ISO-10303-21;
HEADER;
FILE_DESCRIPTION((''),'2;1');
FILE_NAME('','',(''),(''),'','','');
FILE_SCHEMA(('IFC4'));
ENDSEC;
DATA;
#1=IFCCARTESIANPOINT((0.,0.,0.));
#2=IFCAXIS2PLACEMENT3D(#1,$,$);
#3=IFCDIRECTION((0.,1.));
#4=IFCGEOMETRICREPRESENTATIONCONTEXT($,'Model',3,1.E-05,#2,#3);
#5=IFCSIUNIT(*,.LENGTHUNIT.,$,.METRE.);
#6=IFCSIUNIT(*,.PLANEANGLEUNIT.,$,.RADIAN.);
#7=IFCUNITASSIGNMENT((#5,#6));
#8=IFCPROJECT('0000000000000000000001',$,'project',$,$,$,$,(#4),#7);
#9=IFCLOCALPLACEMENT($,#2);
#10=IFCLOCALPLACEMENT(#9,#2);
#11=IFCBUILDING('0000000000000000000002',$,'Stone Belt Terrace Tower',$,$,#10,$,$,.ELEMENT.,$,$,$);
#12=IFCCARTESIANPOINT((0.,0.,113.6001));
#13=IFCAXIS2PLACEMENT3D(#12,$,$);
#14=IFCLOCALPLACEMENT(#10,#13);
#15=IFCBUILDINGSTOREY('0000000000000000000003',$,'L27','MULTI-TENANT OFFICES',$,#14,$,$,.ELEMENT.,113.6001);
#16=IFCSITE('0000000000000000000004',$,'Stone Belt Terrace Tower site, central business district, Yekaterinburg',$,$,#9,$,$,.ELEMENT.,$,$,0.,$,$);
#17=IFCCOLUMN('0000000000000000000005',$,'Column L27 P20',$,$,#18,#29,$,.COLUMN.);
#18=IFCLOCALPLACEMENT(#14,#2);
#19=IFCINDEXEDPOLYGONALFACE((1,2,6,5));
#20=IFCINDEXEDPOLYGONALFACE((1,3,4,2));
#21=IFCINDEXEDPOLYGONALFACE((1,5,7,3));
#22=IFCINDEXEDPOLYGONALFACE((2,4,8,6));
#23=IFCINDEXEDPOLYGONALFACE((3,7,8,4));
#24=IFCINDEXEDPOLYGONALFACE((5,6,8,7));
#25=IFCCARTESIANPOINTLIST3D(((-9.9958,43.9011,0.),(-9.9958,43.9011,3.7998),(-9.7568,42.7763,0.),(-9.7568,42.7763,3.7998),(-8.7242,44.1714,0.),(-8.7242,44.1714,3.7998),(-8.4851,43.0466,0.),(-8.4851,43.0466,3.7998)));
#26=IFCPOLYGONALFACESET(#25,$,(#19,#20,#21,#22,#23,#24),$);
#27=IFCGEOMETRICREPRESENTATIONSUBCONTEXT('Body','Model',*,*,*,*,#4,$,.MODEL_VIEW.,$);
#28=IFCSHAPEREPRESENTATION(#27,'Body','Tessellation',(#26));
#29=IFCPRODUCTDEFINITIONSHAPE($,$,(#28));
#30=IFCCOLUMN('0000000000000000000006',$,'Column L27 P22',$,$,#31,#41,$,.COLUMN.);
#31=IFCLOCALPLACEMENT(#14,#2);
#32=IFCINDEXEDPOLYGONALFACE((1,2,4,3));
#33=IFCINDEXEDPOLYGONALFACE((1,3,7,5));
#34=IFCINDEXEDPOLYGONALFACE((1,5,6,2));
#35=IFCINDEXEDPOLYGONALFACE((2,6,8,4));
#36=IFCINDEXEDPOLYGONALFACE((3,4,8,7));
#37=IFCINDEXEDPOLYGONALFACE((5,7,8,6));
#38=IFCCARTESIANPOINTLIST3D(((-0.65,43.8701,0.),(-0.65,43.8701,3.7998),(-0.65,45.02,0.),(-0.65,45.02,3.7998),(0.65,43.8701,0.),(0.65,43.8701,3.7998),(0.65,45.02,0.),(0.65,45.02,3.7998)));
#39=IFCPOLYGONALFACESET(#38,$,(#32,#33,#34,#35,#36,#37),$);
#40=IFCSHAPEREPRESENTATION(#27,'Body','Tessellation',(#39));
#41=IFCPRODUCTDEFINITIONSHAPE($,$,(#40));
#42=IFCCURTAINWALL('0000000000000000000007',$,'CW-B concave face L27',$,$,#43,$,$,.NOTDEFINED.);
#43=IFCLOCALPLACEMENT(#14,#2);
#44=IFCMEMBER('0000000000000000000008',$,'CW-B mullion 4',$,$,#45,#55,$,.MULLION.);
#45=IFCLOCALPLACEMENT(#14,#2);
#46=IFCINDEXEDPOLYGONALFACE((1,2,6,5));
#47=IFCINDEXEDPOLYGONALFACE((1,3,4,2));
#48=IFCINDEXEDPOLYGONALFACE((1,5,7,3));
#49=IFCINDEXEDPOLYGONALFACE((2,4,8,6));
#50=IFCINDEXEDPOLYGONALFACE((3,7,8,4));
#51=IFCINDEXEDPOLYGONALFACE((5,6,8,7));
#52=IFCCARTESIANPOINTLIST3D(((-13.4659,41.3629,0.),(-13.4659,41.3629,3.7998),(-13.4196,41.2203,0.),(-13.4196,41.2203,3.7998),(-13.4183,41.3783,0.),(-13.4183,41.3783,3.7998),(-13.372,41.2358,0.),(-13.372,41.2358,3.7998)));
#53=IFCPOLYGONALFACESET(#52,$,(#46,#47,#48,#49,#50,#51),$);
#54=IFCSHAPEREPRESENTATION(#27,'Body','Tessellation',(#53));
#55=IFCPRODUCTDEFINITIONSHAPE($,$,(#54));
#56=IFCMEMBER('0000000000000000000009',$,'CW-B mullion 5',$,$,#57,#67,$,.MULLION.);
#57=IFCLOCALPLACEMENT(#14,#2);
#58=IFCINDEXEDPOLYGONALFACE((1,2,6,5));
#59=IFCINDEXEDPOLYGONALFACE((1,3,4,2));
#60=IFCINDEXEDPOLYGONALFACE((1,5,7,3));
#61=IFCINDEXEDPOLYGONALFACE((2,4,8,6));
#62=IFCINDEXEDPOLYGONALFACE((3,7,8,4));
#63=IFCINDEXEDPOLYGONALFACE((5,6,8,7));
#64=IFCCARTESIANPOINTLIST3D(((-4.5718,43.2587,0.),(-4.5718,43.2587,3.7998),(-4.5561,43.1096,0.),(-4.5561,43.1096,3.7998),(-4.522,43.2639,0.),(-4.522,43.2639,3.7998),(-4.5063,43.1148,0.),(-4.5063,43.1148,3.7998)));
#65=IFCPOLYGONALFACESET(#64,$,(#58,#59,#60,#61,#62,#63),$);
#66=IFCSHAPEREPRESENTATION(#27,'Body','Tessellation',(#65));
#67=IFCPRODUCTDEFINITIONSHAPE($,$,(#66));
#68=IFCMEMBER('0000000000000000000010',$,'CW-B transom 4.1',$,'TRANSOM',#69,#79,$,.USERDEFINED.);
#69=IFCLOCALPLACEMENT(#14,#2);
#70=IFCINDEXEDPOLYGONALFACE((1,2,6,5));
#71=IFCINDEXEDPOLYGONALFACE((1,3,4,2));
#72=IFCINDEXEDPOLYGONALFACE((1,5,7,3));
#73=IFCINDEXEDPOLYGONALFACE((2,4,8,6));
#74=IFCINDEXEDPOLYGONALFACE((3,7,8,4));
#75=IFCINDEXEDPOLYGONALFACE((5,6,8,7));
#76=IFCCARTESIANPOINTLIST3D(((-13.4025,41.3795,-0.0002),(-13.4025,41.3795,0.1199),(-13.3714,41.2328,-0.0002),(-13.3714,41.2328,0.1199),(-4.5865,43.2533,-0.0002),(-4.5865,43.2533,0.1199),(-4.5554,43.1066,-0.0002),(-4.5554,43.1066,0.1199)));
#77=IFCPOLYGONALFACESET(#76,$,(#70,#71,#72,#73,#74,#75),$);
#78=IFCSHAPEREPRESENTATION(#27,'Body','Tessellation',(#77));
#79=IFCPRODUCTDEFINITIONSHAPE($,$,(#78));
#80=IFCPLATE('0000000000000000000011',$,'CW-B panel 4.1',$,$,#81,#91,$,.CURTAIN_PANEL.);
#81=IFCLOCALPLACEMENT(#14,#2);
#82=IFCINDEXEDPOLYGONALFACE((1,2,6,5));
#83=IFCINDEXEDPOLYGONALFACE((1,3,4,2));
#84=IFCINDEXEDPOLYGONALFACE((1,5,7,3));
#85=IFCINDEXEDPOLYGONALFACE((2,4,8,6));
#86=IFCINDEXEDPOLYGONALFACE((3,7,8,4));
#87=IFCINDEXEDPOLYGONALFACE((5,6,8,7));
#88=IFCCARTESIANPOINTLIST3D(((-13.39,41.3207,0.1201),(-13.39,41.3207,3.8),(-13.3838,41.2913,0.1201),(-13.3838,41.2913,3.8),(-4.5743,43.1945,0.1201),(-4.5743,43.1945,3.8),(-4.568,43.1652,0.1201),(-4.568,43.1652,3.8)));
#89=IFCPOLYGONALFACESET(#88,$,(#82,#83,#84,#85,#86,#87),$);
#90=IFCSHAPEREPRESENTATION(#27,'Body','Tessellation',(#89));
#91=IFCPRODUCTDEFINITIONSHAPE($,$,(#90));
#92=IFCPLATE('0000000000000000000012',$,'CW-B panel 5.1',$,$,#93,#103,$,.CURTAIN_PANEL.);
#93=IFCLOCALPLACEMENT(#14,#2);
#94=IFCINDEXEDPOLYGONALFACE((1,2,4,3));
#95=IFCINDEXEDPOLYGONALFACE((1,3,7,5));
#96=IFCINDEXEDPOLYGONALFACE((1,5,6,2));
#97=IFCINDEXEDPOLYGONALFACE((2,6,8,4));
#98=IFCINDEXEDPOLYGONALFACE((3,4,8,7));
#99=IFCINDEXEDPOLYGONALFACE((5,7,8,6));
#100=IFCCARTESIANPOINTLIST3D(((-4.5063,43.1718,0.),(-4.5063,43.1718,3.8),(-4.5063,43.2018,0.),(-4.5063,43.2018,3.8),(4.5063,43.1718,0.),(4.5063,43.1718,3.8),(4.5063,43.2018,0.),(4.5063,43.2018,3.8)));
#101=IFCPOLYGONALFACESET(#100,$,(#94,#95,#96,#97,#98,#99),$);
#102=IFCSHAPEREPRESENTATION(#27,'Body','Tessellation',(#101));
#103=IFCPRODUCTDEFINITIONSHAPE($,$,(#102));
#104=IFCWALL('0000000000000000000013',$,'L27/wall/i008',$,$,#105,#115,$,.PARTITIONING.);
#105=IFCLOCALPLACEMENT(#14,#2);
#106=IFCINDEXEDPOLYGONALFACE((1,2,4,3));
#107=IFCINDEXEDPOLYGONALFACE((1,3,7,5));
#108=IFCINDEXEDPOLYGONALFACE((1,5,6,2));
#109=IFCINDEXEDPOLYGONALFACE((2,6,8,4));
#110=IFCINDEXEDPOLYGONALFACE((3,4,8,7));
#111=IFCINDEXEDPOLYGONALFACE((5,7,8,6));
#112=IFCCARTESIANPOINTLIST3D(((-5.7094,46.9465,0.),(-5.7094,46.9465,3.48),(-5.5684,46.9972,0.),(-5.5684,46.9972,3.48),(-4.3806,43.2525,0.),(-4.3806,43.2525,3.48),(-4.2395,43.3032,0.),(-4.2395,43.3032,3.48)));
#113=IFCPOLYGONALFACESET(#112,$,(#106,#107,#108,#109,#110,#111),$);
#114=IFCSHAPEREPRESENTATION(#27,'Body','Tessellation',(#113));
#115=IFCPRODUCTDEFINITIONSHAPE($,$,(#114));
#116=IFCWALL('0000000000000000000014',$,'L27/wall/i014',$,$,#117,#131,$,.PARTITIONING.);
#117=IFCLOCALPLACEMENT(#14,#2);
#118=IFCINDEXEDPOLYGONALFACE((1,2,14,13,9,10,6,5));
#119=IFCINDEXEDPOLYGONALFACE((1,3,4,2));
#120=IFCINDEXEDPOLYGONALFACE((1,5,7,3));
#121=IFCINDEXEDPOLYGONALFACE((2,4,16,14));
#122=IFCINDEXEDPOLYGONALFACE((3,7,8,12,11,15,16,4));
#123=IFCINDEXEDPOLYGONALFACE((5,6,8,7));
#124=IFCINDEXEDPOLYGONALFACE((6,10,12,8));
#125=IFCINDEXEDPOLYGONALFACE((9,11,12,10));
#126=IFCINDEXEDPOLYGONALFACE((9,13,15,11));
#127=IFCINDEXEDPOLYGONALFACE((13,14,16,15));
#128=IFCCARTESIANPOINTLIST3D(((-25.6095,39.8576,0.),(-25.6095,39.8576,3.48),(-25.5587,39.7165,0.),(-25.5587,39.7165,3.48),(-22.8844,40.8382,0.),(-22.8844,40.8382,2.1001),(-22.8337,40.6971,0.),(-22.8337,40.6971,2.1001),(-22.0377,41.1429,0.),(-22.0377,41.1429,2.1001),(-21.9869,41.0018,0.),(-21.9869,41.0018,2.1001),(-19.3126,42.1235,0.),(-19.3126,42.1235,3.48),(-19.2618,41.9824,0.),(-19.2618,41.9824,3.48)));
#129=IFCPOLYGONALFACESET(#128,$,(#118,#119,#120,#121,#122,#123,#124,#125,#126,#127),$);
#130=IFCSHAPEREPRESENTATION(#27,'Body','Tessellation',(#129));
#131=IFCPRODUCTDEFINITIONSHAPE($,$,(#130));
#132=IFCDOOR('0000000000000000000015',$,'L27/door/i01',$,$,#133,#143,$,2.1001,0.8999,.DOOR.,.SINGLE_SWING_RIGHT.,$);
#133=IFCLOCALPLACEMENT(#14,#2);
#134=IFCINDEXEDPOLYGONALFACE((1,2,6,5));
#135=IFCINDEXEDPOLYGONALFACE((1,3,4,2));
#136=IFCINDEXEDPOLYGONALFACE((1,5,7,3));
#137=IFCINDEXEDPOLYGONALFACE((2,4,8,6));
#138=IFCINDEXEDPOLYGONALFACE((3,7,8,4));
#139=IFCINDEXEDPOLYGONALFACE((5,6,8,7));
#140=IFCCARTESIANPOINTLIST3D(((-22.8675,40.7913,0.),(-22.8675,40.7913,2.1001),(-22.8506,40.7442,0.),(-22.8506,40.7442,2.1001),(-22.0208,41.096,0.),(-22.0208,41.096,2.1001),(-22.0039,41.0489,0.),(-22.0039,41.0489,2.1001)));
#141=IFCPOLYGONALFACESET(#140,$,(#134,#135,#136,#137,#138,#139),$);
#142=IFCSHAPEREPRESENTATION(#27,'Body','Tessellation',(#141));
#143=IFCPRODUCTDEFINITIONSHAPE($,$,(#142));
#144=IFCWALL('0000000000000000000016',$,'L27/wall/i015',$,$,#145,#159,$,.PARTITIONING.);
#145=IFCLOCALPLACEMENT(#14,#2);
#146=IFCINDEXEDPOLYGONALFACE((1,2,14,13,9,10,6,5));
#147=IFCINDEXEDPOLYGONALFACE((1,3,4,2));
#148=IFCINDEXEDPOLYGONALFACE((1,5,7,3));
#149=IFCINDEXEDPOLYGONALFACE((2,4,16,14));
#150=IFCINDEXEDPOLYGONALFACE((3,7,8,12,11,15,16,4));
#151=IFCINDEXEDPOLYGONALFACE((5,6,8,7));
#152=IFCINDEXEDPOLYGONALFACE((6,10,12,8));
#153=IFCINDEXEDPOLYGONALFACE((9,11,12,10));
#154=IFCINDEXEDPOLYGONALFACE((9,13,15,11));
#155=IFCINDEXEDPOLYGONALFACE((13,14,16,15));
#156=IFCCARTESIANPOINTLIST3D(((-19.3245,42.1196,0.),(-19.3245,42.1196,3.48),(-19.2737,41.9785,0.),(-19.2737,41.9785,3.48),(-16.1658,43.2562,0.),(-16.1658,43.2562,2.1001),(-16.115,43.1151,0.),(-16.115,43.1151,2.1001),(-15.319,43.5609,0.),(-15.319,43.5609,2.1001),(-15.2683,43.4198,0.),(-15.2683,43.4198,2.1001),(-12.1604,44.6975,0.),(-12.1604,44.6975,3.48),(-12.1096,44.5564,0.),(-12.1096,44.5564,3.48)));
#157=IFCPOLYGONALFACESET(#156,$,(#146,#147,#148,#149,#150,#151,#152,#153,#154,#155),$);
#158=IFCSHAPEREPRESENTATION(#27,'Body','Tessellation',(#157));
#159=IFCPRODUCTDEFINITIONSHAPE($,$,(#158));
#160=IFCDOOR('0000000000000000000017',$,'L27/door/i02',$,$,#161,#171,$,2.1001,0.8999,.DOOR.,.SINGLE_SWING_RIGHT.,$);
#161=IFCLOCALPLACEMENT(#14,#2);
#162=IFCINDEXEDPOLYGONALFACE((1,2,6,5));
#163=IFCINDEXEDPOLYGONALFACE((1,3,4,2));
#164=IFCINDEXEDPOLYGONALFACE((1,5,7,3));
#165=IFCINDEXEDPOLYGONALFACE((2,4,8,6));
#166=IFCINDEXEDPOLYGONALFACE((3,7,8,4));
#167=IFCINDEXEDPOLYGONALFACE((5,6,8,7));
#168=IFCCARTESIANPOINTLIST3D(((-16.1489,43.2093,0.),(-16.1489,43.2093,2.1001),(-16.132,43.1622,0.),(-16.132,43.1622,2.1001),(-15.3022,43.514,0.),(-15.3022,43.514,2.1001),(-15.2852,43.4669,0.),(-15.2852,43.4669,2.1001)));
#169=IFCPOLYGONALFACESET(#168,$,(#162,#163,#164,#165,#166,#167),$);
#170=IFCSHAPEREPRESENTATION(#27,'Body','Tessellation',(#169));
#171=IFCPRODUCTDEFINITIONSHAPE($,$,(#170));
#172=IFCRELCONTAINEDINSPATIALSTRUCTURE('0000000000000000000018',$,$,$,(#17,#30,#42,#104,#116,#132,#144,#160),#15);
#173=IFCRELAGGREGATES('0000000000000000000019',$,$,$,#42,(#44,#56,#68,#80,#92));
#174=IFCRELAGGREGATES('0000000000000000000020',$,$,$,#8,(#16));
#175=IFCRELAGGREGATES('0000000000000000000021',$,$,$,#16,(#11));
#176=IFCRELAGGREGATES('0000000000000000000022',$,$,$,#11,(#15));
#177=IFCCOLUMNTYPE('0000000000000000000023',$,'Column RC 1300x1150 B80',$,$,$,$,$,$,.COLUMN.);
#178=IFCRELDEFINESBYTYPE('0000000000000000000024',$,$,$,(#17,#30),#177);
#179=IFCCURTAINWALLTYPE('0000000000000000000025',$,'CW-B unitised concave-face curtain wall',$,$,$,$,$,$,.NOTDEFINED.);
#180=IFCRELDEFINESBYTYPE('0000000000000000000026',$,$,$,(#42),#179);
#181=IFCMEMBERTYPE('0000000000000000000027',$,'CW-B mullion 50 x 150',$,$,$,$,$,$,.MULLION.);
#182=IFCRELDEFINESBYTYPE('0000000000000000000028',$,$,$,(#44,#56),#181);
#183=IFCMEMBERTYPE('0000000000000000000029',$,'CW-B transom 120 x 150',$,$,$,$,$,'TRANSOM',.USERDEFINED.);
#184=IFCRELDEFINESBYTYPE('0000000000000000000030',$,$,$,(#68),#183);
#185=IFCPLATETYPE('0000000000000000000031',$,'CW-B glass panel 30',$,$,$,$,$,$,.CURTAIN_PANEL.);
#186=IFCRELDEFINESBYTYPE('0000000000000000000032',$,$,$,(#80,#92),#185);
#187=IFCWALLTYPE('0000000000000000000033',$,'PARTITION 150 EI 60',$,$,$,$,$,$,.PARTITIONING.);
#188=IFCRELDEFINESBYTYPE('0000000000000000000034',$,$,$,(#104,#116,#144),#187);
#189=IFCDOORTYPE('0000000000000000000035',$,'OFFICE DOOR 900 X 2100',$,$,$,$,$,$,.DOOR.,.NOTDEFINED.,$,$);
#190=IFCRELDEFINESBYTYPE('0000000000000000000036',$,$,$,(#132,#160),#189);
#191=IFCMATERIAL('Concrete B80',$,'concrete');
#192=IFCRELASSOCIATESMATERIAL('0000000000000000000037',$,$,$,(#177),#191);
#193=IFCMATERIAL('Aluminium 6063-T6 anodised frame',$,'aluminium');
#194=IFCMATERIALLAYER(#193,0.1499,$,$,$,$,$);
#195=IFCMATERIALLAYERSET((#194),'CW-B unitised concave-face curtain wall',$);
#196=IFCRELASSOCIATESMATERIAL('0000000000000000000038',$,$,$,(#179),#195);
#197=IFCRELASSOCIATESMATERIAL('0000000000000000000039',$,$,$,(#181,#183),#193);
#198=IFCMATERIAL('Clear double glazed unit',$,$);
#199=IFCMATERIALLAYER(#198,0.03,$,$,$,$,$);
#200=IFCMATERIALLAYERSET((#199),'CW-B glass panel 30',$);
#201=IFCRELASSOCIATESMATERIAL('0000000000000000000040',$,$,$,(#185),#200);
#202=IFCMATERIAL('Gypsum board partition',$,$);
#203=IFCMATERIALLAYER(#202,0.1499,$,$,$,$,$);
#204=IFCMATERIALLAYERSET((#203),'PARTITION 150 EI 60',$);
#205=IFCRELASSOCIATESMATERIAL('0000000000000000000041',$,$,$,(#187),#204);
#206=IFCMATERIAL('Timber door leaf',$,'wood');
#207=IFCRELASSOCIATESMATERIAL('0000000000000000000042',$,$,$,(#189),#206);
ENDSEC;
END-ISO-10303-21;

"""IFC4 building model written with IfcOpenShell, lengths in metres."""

from ifc_helpers import new_model, si_unit, direction, frame, frame_2d, origin, origin_2d, place, context, subcontext, project, spatial, rectangle, extrude, material, layer, layer_set, material_profile, profile_set, type_object, element, fill, aggregate, save


model = new_model("IFC4")

# Units and contexts
model_context = context("Model", 3, precision=1e-05, world=origin(), true_north=direction((0.0, 1.0)))
body_context = subcontext(model_context, "Body", "Model", "MODEL_VIEW")
ifc_project = project(units=[si_unit("LENGTHUNIT", "METRE"), si_unit("PLANEANGLEUNIT", "RADIAN")], contexts=[model_context])

# Site, building, storey
site_placement = place(None, origin())
site = spatial("IfcSite", under=ifc_project, at=site_placement, Name="Stone Belt Terrace Tower site, central business district, Yekaterinburg", CompositionType="ELEMENT", RefElevation=0.0)
building_placement = place(site_placement, origin())
building = spatial("IfcBuilding", under=site, at=building_placement, Name="Stone Belt Terrace Tower", CompositionType="ELEMENT")
storey_placement = place(building_placement, frame((0.0, 0.0, 113.6001)))
storey = spatial("IfcBuildingStorey", under=building, at=storey_placement, Name="L27", Description="MULTI-TENANT OFFICES", CompositionType="ELEMENT", Elevation=113.6001)

# Columns
ifc_material_1 = material(Name="Concrete B80", Category="concrete")
ifc_material_profile_1 = material_profile(ifc_material_1, rectangle(XDim=1.3, YDim=1.1499, at=origin_2d()), Name="RC 1300x1150")
ifc_profile_set_1 = profile_set([ifc_material_profile_1], Name="Concrete B80")
column_type = type_object("IfcColumnType", Name="Column RC 1300x1150 B80", PredefinedType="COLUMN", material=ifc_profile_set_1)
for number, where, z_axis, x_axis, name in (
    (1, (-9.2405, 43.4739, 0.0), (0.0, 0.0, 1.0), (0.978148, 0.207912, 0.0), "Column L27 P20"),
    (2, (0.0, 44.4451, 0.0), (0.0, 0.0, 1.0), (1.0, 0.0, 0.0), "Column L27 P22"),
):
    element("IfcColumn", number, at=place(storey_placement, frame(where, z_axis=z_axis, x_axis=x_axis)), inside=storey, type_object=column_type, Name=name, PredefinedType="COLUMN", context=body_context, shape_type="SweptSolid", body=[
        extrude(rectangle(XDim=1.3, YDim=1.1499, at=origin_2d()), origin(), (0.0, 0.0, 1.0), 3.7998),
    ])

# Curtain wall, members, plates
ifc_material_2 = material(Name="Aluminium 6063-T6 anodised frame", Category="aluminium")
ifc_layer_1 = layer(ifc_material_2, 0.1499)
ifc_layer_set_1 = layer_set([ifc_layer_1], Name="CW-B unitised concave-face curtain wall")
curtain_wall_type = type_object("IfcCurtainWallType", Name="CW-B unitised concave-face curtain wall", PredefinedType="NOTDEFINED", material=ifc_layer_set_1)
curtain_wall_placement = place(storey_placement, origin())
curtain_wall = element("IfcCurtainWall", 3, at=curtain_wall_placement, inside=storey, type_object=curtain_wall_type, Name="CW-B concave face L27", PredefinedType="NOTDEFINED")
ifc_material_profile_2 = material_profile(ifc_material_2, rectangle(XDim=0.1499, YDim=0.05, at=origin_2d()), Name="Aluminium 6063-T6 50x150")
ifc_profile_set_2 = profile_set([ifc_material_profile_2], Name="Aluminium 6063-T6 anodised frame")
member_type_1 = type_object("IfcMemberType", Name="CW-B mullion 50 x 150", PredefinedType="MULLION", material=ifc_profile_set_2)
member_1_placement = place(storey_placement, frame((-13.4189, 41.2993, 0.0), z_axis=(0.0, 0.0, 1.0), x_axis=(-0.309017, 0.951057, 0.0)))
member_1 = element("IfcMember", 4, at=member_1_placement, type_object=member_type_1, Name="CW-B mullion 4", PredefinedType="MULLION", context=body_context, shape_type="SweptSolid", body=[
    extrude(rectangle(XDim=0.1499, YDim=0.05, at=origin_2d()), origin(), (0.0, 0.0, 1.0), 3.7998),
])
member_2_placement = place(storey_placement, frame((-4.5391, 43.1868, 0.0), z_axis=(0.0, 0.0, 1.0), x_axis=(-0.104528, 0.994522, 0.0)))
member_2 = element("IfcMember", 5, at=member_2_placement, type_object=member_type_1, Name="CW-B mullion 5", PredefinedType="MULLION", context=body_context, shape_type="SweptSolid", body=[
    extrude(rectangle(XDim=0.1499, YDim=0.05, at=origin_2d()), origin(), (0.0, 0.0, 1.0), 3.7998),
])
ifc_material_profile_3 = material_profile(ifc_material_2, rectangle(XDim=0.1499, YDim=0.1201, at=origin_2d()), Name="Aluminium 6063-T6 150x120")
ifc_profile_set_3 = profile_set([ifc_material_profile_3], Name="Aluminium 6063-T6 anodised frame")
member_type_2 = type_object("IfcMemberType", Name="CW-B transom 120 x 150", ElementType="TRANSOM", PredefinedType="USERDEFINED", material=ifc_profile_set_3)
member_3_placement = place(storey_placement, frame((-13.387, 41.3062, 0.0598), z_axis=(0.97815, 0.207901, 0.0), x_axis=(-0.207901, 0.97815, 0.0)))
member_3 = element("IfcMember", 6, at=member_3_placement, type_object=member_type_2, Name="CW-B transom 4.1", ObjectType="TRANSOM", PredefinedType="USERDEFINED", context=body_context, shape_type="SweptSolid", body=[
    extrude(rectangle(XDim=0.1499, YDim=0.1201, at=origin_2d()), origin(), (0.0, 0.0, 1.0), 9.0129),
])
ifc_material_3 = material(Name="Clear double glazed unit")
ifc_layer_2 = layer(ifc_material_3, 0.03)
ifc_layer_set_2 = layer_set([ifc_layer_2], Name="CW-B glass panel 30")
plate_type = type_object("IfcPlateType", Name="CW-B glass panel 30", PredefinedType="CURTAIN_PANEL", material=ifc_layer_set_2)
plate_1_placement = place(storey_placement, frame((-8.979, 42.2429, 0.1201), z_axis=(0.0, 0.0, 1.0), x_axis=(0.978148, 0.207912, 0.0)))
plate_1 = element("IfcPlate", 7, at=plate_1_placement, type_object=plate_type, Name="CW-B panel 4.1", PredefinedType="CURTAIN_PANEL", context=body_context, shape_type="SweptSolid", body=[
    extrude(rectangle(XDim=9.0127, YDim=0.03, at=origin_2d()), origin(), (0.0, 0.0, 1.0), 3.6799),
])
plate_2_placement = place(storey_placement, frame((0.0, 43.1868, 0.0), z_axis=(0.0, 0.0, 1.0), x_axis=(1.0, 0.0, 0.0)))
plate_2 = element("IfcPlate", 8, at=plate_2_placement, type_object=plate_type, Name="CW-B panel 5.1", PredefinedType="CURTAIN_PANEL", context=body_context, shape_type="SweptSolid", body=[
    extrude(rectangle(XDim=9.0127, YDim=0.03, at=origin_2d()), origin(), (0.0, 0.0, 1.0), 3.8),
])
aggregate(curtain_wall, [member_1, member_2, member_3, plate_1, plate_2])

# Wall
ifc_material_4 = material(Name="Gypsum board partition")
ifc_layer_3 = layer(ifc_material_4, 0.1499)
ifc_layer_set_3 = layer_set([ifc_layer_3], Name="PARTITION 150 EI 60")
wall_type_1 = type_object("IfcWallType", Name="PARTITION 150 EI 60", PredefinedType="PARTITIONING", material=ifc_layer_set_3)
wall_1_placement = place(storey_placement, frame((-4.3101, 43.2778, 0.0), z_axis=(0.0, 0.0, 1.0), x_axis=(-0.33849, 0.94097, 0.0)))
element("IfcWall", 9, at=wall_1_placement, inside=storey, type_object=wall_type_1, Name="L27/wall/i008", PredefinedType="PARTITIONING", context=body_context, shape_type="SweptSolid", body=[
    extrude(rectangle(XDim=3.9258, YDim=0.1499, at=frame_2d((1.9629, 0.0))), origin(), (0.0, 0.0, 1.0), 3.48),
])

# Walls, openings, doors
wall_2_placement = place(storey_placement, frame((-19.2871, 42.053, 0.0), z_axis=(0.0, 0.0, 1.0), x_axis=(-0.940935, -0.338586, 0.0)))
wall_2 = element("IfcWall", 10, at=wall_2_placement, inside=storey, type_object=wall_type_1, Name="L27/wall/i014", PredefinedType="PARTITIONING", context=body_context, shape_type="SweptSolid", body=[
    extrude(rectangle(XDim=6.6921, YDim=0.1499, at=frame_2d((3.3462, 0.0))), origin(), (0.0, 0.0, 1.0), 3.48),
])
opening_1_placement = place(wall_2_placement, frame((2.8962, 0.0, 0.0)))
opening_1 = element("IfcOpeningElement", 11, at=opening_1_placement, cuts=wall_2, PredefinedType="OPENING", context=body_context, shape_type="SweptSolid", body=[
    extrude(rectangle(XDim=0.8999, YDim=2.1001, at=frame_2d((0.45, 1.05))), frame((0.0, 0.085, 0.0), z_axis=(0.0, -1.0, 0.0), x_axis=(1.0, 0.0, 0.0)), (0.0, 0.0, 1.0), 0.1699),
])
ifc_material_5 = material(Name="Timber door leaf", Category="wood")
door_type_1 = type_object("IfcDoorType", Name="OFFICE DOOR 900 X 2100", OperationType="NOTDEFINED", PredefinedType="DOOR", material=ifc_material_5)
door_1_placement = place(opening_1_placement, origin())
door_1 = element("IfcDoor", 12, at=door_1_placement, inside=storey, type_object=door_type_1, Name="L27/door/i01", OperationType="SINGLE_SWING_RIGHT", OverallHeight=2.1001, OverallWidth=0.8999, PredefinedType="DOOR", context=body_context, shape_type="SweptSolid", body=[
    extrude(rectangle(XDim=0.8999, YDim=2.1001, at=frame_2d((0.45, 1.05))), frame((0.0, 0.0249, 0.0), z_axis=(0.0, -1.0, 0.0), x_axis=(1.0, 0.0, 0.0)), (0.0, 0.0, 1.0), 0.05),
])
fill(opening_1, door_1)
wall_3_placement = place(storey_placement, frame((-12.135, 44.627, 0.0), z_axis=(0.0, 0.0, 1.0), x_axis=(-0.940937, -0.338582, 0.0)))
wall_3 = element("IfcWall", 13, at=wall_3_placement, inside=storey, type_object=wall_type_1, Name="L27/wall/i015", PredefinedType="PARTITIONING", context=body_context, shape_type="SweptSolid", body=[
    extrude(rectangle(XDim=7.6138, YDim=0.1499, at=frame_2d((3.8069, 0.0))), origin(), (0.0, 0.0, 1.0), 3.48),
])
opening_2_placement = place(wall_3_placement, frame((3.3569, 0.0, 0.0)))
opening_2 = element("IfcOpeningElement", 14, at=opening_2_placement, cuts=wall_3, PredefinedType="OPENING", context=body_context, shape_type="SweptSolid", body=[
    extrude(rectangle(XDim=0.8999, YDim=2.1001, at=frame_2d((0.45, 1.05))), frame((0.0, 0.085, 0.0), z_axis=(0.0, -1.0, 0.0), x_axis=(1.0, 0.0, 0.0)), (0.0, 0.0, 1.0), 0.1699),
])
door_2_placement = place(opening_2_placement, origin())
door_2 = element("IfcDoor", 15, at=door_2_placement, inside=storey, type_object=door_type_1, Name="L27/door/i02", OperationType="SINGLE_SWING_RIGHT", OverallHeight=2.1001, OverallWidth=0.8999, PredefinedType="DOOR", context=body_context, shape_type="SweptSolid", body=[
    extrude(rectangle(XDim=0.8999, YDim=2.1001, at=frame_2d((0.45, 1.05))), frame((0.0, 0.0249, 0.0), z_axis=(0.0, -1.0, 0.0), x_axis=(1.0, 0.0, 0.0)), (0.0, 0.0, 1.0), 0.05),
])
fill(opening_2, door_2)

save(model, "model.ifc")
